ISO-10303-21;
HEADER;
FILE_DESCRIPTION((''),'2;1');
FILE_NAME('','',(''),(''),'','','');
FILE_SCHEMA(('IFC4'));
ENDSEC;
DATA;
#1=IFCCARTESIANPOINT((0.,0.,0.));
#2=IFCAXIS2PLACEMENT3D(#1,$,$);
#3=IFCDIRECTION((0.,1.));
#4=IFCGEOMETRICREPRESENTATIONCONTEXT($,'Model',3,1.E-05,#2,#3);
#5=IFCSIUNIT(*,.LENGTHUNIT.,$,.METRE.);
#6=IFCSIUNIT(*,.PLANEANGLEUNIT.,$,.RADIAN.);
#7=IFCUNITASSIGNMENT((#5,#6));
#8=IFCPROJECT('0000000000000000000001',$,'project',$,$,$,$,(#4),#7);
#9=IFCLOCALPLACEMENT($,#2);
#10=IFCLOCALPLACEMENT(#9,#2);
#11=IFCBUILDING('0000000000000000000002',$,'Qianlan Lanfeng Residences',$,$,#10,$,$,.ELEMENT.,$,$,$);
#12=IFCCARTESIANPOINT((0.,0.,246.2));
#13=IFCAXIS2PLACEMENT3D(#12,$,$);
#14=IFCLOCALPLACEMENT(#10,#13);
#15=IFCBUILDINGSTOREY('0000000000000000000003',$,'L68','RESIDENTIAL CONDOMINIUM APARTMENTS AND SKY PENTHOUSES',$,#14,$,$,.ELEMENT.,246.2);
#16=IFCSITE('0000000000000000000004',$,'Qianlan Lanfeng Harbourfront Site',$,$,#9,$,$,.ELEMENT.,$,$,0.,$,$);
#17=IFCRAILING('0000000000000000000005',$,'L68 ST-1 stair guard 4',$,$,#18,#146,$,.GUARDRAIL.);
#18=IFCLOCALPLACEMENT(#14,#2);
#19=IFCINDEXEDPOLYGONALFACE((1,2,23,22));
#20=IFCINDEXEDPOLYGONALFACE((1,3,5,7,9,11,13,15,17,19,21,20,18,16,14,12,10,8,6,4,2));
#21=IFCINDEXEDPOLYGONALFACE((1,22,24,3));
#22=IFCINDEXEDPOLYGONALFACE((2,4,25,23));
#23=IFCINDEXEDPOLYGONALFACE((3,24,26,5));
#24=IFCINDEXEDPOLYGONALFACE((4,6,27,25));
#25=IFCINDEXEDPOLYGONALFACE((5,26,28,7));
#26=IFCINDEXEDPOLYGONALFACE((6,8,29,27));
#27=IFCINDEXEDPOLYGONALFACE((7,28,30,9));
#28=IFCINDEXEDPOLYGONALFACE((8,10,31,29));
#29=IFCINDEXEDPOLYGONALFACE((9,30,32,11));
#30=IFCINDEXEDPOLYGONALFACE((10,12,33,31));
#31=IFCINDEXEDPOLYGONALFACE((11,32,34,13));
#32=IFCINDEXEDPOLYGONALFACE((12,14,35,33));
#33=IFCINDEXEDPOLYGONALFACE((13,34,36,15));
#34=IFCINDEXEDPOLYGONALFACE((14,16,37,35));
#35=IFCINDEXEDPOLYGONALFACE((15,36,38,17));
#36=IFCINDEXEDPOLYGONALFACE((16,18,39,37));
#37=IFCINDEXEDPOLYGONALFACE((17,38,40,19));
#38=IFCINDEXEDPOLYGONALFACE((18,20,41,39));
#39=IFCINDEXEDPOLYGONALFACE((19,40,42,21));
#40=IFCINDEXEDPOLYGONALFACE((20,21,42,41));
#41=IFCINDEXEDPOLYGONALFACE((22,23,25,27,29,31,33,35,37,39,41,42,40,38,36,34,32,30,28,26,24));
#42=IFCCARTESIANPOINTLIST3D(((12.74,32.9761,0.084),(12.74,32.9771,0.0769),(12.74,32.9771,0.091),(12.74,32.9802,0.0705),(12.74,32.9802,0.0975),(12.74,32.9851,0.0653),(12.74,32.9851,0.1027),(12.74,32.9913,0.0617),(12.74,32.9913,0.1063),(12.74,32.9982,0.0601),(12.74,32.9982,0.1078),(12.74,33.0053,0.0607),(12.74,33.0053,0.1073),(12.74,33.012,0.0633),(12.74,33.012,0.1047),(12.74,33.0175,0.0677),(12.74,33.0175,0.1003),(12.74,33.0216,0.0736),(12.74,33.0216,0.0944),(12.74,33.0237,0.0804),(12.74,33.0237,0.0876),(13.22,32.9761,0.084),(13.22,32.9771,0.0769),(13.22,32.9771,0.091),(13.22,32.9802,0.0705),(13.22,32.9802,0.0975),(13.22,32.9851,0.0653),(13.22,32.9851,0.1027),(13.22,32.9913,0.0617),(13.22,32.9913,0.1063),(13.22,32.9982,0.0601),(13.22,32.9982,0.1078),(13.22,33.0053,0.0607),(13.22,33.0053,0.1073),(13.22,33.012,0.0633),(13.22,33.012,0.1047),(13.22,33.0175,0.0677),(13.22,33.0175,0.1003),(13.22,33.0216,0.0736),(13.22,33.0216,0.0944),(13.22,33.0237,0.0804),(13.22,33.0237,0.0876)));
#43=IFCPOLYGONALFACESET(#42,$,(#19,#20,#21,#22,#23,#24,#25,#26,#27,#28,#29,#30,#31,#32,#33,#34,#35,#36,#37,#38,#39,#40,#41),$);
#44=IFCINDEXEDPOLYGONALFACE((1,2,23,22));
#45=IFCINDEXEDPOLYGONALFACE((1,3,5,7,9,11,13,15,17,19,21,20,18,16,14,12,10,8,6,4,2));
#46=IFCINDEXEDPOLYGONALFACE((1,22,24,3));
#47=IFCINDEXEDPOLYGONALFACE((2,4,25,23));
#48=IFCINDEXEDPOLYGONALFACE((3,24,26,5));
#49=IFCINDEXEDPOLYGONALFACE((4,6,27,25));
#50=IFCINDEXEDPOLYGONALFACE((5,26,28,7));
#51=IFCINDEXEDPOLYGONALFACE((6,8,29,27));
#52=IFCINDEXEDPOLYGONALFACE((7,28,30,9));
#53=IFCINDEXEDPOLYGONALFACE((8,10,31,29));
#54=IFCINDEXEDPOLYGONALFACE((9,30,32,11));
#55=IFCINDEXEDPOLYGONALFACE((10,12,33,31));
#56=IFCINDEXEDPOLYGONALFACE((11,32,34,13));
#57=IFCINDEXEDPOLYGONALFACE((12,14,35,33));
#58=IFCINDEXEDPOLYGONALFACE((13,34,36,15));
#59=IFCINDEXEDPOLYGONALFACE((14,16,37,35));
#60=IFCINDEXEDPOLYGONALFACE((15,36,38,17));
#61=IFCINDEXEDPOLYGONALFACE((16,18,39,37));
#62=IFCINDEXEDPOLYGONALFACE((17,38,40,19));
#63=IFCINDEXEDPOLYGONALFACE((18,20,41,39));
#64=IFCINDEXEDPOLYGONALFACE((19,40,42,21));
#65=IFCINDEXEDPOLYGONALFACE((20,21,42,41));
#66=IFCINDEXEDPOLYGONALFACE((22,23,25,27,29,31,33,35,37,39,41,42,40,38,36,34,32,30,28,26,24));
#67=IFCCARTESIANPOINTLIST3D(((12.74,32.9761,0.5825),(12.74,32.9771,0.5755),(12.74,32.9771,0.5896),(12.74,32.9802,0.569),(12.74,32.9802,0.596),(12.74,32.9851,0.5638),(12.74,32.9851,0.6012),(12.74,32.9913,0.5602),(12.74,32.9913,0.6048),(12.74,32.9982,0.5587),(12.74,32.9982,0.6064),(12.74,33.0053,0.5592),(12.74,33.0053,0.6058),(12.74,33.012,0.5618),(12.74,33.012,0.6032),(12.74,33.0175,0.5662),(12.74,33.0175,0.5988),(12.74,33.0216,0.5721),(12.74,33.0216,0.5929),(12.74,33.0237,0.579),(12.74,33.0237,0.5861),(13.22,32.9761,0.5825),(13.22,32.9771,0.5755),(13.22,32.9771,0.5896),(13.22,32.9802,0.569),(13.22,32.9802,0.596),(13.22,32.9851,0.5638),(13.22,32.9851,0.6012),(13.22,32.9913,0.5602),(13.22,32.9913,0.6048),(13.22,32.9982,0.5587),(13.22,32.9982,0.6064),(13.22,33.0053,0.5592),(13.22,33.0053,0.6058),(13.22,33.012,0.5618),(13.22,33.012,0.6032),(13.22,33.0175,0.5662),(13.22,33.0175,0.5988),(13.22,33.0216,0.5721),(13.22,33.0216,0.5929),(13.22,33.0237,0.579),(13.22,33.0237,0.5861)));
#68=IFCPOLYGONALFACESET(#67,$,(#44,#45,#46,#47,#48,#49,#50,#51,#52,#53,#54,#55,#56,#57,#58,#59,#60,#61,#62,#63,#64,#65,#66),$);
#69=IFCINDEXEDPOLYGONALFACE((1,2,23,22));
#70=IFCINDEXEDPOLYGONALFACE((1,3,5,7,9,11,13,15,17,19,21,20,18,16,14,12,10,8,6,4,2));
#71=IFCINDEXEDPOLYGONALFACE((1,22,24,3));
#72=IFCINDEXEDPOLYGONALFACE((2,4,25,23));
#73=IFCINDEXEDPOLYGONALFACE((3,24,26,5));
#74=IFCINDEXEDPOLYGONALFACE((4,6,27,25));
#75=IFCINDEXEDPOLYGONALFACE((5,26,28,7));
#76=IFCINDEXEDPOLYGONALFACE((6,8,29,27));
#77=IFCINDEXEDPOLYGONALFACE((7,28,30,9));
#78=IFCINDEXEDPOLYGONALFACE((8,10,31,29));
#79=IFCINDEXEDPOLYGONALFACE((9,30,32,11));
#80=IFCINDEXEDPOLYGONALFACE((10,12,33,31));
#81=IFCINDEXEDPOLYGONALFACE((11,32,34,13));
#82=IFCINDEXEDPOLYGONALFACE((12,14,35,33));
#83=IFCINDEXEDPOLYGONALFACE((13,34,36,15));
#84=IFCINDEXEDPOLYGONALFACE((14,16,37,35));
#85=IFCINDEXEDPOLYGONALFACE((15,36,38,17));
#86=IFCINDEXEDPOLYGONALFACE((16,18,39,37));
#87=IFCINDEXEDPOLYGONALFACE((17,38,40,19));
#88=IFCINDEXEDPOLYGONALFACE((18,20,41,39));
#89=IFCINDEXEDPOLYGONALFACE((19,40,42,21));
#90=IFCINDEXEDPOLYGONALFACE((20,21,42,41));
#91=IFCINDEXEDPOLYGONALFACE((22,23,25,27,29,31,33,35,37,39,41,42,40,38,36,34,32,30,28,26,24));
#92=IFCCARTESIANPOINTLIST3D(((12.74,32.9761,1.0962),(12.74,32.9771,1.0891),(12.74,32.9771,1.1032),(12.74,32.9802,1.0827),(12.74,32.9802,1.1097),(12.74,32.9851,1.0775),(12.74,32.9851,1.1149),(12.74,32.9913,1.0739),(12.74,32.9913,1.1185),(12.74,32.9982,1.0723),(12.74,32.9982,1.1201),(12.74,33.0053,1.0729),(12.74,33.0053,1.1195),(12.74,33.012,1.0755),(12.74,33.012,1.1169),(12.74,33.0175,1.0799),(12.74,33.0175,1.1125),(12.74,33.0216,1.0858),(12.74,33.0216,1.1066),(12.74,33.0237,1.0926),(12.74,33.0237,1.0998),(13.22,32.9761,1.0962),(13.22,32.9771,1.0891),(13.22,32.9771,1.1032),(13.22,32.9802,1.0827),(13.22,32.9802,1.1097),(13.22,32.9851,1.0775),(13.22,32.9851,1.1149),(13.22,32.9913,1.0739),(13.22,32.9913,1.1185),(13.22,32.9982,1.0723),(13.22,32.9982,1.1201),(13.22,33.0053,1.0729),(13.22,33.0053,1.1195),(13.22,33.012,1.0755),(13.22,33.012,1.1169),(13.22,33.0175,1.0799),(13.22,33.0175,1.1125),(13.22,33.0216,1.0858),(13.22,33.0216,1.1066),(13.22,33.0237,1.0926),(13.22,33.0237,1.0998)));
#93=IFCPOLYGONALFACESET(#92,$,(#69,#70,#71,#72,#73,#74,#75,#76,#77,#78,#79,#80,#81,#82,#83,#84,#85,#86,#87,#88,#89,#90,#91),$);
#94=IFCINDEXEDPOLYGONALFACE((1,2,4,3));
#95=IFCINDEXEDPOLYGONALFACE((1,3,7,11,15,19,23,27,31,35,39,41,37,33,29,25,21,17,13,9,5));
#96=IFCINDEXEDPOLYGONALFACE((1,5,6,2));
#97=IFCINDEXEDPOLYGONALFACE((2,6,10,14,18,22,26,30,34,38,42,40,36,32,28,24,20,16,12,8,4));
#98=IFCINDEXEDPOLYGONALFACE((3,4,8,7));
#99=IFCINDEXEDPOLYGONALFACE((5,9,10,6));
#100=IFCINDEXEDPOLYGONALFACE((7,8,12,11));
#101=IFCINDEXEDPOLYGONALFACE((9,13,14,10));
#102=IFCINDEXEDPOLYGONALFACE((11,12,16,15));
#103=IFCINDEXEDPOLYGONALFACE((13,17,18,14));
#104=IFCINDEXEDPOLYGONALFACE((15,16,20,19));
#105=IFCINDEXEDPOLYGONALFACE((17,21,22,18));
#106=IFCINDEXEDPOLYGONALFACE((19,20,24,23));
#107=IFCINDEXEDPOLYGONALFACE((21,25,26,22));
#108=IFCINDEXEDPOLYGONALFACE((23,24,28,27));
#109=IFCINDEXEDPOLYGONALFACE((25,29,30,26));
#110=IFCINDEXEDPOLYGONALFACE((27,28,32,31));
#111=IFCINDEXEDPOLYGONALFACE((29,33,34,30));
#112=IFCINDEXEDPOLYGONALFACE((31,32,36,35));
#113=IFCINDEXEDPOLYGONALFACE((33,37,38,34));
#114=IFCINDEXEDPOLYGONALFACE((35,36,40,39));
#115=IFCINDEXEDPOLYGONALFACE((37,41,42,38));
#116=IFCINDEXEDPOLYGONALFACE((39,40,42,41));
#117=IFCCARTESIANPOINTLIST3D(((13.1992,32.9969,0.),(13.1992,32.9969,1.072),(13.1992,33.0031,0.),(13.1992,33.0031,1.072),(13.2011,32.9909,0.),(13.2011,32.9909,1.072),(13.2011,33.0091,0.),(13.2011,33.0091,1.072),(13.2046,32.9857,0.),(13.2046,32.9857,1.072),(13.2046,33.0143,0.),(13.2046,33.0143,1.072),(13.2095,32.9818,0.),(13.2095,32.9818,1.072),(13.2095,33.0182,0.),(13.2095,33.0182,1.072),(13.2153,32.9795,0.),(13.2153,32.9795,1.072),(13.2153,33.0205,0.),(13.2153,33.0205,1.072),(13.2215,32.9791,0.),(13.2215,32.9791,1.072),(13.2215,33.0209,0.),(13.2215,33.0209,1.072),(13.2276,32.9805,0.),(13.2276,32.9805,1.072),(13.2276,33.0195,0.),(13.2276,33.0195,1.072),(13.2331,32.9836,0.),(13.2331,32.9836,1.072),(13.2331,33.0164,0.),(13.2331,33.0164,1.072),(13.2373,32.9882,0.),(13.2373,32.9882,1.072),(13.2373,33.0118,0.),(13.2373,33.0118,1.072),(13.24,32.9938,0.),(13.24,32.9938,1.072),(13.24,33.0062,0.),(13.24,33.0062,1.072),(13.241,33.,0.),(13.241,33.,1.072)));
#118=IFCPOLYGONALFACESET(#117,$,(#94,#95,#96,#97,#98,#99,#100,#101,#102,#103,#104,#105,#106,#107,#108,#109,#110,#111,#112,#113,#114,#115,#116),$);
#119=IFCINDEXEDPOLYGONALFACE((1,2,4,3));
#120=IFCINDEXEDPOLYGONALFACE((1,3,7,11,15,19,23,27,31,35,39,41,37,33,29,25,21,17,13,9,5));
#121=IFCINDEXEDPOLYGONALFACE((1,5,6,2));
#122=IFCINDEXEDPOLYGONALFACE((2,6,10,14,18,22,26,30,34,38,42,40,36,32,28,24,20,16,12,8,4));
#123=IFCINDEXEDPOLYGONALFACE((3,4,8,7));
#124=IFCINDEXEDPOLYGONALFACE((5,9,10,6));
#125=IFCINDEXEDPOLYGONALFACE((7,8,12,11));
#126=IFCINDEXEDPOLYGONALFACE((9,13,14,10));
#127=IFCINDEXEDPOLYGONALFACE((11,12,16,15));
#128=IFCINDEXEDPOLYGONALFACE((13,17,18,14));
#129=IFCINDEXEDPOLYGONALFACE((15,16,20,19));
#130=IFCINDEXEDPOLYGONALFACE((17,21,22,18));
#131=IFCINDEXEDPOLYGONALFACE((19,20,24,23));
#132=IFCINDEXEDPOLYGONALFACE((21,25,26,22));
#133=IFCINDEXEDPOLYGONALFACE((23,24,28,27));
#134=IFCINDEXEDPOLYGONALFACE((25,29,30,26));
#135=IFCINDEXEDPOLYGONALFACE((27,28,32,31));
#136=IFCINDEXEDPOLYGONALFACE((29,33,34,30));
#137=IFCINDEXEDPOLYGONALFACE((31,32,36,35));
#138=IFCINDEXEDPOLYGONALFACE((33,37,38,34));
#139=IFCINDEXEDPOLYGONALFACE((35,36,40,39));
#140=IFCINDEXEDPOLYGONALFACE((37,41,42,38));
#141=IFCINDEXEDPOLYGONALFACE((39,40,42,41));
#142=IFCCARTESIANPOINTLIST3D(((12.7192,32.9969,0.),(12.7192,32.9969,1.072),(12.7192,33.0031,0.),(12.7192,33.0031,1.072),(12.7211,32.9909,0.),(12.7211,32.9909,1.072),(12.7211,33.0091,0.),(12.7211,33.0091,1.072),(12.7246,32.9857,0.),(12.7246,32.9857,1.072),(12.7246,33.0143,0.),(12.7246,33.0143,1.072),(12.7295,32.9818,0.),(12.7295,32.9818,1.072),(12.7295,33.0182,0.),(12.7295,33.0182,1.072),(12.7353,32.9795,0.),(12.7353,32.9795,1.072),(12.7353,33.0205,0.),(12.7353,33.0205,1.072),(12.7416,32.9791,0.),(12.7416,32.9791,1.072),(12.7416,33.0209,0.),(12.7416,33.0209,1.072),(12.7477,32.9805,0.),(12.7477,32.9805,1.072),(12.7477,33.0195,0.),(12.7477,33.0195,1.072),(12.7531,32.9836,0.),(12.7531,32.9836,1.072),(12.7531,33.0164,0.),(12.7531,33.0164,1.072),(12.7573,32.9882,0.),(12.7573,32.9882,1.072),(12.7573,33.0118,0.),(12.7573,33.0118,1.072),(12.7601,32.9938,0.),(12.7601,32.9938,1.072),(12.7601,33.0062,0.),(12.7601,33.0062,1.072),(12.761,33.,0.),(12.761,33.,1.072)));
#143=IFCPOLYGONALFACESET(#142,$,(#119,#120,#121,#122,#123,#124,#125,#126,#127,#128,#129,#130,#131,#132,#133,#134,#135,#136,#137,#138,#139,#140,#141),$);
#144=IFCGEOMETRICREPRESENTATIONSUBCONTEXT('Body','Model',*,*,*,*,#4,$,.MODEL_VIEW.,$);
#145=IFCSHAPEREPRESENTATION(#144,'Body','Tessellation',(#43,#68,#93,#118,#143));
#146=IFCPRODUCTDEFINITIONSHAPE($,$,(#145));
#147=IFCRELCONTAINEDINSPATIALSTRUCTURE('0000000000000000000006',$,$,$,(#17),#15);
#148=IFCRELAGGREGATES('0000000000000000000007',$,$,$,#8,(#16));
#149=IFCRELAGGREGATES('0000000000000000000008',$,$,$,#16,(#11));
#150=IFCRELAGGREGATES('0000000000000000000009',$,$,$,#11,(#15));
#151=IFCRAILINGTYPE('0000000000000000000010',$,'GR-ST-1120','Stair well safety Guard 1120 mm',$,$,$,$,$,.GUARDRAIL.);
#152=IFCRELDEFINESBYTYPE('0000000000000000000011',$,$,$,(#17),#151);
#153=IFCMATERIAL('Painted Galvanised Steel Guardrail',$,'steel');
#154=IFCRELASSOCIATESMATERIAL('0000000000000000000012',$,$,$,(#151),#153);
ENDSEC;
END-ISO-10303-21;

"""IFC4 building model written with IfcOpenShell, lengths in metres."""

from ifc_helpers import new_model, si_unit, direction, frame, origin, origin_2d, place, context, subcontext, project, spatial, circle, extrude, material, type_object, element, save


model = new_model("IFC4")

# Units and contexts
model_context = context("Model", 3, precision=1e-05, world=origin(), true_north=direction((0.0, 1.0)))
body_context = subcontext(model_context, "Body", "Model", "MODEL_VIEW")
ifc_project = project(units=[si_unit("LENGTHUNIT", "METRE"), si_unit("PLANEANGLEUNIT", "RADIAN")], contexts=[model_context])

# Site, building, storey
site_placement = place(None, origin())
site = spatial("IfcSite", under=ifc_project, at=site_placement, Name="Qianlan Lanfeng Harbourfront Site", CompositionType="ELEMENT", RefElevation=0.0)
building_placement = place(site_placement, origin())
building = spatial("IfcBuilding", under=site, at=building_placement, Name="Qianlan Lanfeng Residences", CompositionType="ELEMENT")
storey_placement = place(building_placement, frame((0.0, 0.0, 246.2)))
storey = spatial("IfcBuildingStorey", under=building, at=storey_placement, Name="L68", Description="RESIDENTIAL CONDOMINIUM APARTMENTS AND SKY PENTHOUSES", CompositionType="ELEMENT", Elevation=246.2)

# Railing
ifc_material_1 = material(Name="Painted Galvanised Steel Guardrail", Category="steel")
railing_type_1 = type_object("IfcRailingType", Name="GR-ST-1120", Description="Stair well safety Guard 1120 mm", PredefinedType="GUARDRAIL", material=ifc_material_1)
railing_1_placement = place(storey_placement, frame((13.22, 33.0, 0.0)))
element("IfcRailing", 1, at=railing_1_placement, inside=storey, type_object=railing_type_1, Name="L68 ST-1 stair guard 4", PredefinedType="GUARDRAIL", context=body_context, shape_type="SweptSolid", body=[
    extrude(circle(Radius=0.0239, at=origin_2d()), frame((0.0, 0.0, 0.084), z_axis=(-1.0, 0.0, 0.0), x_axis=(0.0, -1.0, 0.0)), (0.0, 0.0, 1.0), 0.48),
    extrude(circle(Radius=0.0239, at=origin_2d()), frame((0.0, 0.0, 0.5825), z_axis=(-1.0, 0.0, 0.0), x_axis=(0.0, -1.0, 0.0)), (0.0, 0.0, 1.0), 0.48),
    extrude(circle(Radius=0.0239, at=origin_2d()), frame((0.0, 0.0, 1.0962), z_axis=(-1.0, 0.0, 0.0), x_axis=(0.0, -1.0, 0.0)), (0.0, 0.0, 1.0), 0.48),
    extrude(circle(Radius=0.021, at=origin_2d()), origin(), (0.0, 0.0, 1.0), 1.072),
    extrude(circle(Radius=0.021, at=origin_2d()), frame((-0.48, 0.0, 0.0)), (0.0, 0.0, 1.0), 1.072),
])

save(model, "model.ifc")
